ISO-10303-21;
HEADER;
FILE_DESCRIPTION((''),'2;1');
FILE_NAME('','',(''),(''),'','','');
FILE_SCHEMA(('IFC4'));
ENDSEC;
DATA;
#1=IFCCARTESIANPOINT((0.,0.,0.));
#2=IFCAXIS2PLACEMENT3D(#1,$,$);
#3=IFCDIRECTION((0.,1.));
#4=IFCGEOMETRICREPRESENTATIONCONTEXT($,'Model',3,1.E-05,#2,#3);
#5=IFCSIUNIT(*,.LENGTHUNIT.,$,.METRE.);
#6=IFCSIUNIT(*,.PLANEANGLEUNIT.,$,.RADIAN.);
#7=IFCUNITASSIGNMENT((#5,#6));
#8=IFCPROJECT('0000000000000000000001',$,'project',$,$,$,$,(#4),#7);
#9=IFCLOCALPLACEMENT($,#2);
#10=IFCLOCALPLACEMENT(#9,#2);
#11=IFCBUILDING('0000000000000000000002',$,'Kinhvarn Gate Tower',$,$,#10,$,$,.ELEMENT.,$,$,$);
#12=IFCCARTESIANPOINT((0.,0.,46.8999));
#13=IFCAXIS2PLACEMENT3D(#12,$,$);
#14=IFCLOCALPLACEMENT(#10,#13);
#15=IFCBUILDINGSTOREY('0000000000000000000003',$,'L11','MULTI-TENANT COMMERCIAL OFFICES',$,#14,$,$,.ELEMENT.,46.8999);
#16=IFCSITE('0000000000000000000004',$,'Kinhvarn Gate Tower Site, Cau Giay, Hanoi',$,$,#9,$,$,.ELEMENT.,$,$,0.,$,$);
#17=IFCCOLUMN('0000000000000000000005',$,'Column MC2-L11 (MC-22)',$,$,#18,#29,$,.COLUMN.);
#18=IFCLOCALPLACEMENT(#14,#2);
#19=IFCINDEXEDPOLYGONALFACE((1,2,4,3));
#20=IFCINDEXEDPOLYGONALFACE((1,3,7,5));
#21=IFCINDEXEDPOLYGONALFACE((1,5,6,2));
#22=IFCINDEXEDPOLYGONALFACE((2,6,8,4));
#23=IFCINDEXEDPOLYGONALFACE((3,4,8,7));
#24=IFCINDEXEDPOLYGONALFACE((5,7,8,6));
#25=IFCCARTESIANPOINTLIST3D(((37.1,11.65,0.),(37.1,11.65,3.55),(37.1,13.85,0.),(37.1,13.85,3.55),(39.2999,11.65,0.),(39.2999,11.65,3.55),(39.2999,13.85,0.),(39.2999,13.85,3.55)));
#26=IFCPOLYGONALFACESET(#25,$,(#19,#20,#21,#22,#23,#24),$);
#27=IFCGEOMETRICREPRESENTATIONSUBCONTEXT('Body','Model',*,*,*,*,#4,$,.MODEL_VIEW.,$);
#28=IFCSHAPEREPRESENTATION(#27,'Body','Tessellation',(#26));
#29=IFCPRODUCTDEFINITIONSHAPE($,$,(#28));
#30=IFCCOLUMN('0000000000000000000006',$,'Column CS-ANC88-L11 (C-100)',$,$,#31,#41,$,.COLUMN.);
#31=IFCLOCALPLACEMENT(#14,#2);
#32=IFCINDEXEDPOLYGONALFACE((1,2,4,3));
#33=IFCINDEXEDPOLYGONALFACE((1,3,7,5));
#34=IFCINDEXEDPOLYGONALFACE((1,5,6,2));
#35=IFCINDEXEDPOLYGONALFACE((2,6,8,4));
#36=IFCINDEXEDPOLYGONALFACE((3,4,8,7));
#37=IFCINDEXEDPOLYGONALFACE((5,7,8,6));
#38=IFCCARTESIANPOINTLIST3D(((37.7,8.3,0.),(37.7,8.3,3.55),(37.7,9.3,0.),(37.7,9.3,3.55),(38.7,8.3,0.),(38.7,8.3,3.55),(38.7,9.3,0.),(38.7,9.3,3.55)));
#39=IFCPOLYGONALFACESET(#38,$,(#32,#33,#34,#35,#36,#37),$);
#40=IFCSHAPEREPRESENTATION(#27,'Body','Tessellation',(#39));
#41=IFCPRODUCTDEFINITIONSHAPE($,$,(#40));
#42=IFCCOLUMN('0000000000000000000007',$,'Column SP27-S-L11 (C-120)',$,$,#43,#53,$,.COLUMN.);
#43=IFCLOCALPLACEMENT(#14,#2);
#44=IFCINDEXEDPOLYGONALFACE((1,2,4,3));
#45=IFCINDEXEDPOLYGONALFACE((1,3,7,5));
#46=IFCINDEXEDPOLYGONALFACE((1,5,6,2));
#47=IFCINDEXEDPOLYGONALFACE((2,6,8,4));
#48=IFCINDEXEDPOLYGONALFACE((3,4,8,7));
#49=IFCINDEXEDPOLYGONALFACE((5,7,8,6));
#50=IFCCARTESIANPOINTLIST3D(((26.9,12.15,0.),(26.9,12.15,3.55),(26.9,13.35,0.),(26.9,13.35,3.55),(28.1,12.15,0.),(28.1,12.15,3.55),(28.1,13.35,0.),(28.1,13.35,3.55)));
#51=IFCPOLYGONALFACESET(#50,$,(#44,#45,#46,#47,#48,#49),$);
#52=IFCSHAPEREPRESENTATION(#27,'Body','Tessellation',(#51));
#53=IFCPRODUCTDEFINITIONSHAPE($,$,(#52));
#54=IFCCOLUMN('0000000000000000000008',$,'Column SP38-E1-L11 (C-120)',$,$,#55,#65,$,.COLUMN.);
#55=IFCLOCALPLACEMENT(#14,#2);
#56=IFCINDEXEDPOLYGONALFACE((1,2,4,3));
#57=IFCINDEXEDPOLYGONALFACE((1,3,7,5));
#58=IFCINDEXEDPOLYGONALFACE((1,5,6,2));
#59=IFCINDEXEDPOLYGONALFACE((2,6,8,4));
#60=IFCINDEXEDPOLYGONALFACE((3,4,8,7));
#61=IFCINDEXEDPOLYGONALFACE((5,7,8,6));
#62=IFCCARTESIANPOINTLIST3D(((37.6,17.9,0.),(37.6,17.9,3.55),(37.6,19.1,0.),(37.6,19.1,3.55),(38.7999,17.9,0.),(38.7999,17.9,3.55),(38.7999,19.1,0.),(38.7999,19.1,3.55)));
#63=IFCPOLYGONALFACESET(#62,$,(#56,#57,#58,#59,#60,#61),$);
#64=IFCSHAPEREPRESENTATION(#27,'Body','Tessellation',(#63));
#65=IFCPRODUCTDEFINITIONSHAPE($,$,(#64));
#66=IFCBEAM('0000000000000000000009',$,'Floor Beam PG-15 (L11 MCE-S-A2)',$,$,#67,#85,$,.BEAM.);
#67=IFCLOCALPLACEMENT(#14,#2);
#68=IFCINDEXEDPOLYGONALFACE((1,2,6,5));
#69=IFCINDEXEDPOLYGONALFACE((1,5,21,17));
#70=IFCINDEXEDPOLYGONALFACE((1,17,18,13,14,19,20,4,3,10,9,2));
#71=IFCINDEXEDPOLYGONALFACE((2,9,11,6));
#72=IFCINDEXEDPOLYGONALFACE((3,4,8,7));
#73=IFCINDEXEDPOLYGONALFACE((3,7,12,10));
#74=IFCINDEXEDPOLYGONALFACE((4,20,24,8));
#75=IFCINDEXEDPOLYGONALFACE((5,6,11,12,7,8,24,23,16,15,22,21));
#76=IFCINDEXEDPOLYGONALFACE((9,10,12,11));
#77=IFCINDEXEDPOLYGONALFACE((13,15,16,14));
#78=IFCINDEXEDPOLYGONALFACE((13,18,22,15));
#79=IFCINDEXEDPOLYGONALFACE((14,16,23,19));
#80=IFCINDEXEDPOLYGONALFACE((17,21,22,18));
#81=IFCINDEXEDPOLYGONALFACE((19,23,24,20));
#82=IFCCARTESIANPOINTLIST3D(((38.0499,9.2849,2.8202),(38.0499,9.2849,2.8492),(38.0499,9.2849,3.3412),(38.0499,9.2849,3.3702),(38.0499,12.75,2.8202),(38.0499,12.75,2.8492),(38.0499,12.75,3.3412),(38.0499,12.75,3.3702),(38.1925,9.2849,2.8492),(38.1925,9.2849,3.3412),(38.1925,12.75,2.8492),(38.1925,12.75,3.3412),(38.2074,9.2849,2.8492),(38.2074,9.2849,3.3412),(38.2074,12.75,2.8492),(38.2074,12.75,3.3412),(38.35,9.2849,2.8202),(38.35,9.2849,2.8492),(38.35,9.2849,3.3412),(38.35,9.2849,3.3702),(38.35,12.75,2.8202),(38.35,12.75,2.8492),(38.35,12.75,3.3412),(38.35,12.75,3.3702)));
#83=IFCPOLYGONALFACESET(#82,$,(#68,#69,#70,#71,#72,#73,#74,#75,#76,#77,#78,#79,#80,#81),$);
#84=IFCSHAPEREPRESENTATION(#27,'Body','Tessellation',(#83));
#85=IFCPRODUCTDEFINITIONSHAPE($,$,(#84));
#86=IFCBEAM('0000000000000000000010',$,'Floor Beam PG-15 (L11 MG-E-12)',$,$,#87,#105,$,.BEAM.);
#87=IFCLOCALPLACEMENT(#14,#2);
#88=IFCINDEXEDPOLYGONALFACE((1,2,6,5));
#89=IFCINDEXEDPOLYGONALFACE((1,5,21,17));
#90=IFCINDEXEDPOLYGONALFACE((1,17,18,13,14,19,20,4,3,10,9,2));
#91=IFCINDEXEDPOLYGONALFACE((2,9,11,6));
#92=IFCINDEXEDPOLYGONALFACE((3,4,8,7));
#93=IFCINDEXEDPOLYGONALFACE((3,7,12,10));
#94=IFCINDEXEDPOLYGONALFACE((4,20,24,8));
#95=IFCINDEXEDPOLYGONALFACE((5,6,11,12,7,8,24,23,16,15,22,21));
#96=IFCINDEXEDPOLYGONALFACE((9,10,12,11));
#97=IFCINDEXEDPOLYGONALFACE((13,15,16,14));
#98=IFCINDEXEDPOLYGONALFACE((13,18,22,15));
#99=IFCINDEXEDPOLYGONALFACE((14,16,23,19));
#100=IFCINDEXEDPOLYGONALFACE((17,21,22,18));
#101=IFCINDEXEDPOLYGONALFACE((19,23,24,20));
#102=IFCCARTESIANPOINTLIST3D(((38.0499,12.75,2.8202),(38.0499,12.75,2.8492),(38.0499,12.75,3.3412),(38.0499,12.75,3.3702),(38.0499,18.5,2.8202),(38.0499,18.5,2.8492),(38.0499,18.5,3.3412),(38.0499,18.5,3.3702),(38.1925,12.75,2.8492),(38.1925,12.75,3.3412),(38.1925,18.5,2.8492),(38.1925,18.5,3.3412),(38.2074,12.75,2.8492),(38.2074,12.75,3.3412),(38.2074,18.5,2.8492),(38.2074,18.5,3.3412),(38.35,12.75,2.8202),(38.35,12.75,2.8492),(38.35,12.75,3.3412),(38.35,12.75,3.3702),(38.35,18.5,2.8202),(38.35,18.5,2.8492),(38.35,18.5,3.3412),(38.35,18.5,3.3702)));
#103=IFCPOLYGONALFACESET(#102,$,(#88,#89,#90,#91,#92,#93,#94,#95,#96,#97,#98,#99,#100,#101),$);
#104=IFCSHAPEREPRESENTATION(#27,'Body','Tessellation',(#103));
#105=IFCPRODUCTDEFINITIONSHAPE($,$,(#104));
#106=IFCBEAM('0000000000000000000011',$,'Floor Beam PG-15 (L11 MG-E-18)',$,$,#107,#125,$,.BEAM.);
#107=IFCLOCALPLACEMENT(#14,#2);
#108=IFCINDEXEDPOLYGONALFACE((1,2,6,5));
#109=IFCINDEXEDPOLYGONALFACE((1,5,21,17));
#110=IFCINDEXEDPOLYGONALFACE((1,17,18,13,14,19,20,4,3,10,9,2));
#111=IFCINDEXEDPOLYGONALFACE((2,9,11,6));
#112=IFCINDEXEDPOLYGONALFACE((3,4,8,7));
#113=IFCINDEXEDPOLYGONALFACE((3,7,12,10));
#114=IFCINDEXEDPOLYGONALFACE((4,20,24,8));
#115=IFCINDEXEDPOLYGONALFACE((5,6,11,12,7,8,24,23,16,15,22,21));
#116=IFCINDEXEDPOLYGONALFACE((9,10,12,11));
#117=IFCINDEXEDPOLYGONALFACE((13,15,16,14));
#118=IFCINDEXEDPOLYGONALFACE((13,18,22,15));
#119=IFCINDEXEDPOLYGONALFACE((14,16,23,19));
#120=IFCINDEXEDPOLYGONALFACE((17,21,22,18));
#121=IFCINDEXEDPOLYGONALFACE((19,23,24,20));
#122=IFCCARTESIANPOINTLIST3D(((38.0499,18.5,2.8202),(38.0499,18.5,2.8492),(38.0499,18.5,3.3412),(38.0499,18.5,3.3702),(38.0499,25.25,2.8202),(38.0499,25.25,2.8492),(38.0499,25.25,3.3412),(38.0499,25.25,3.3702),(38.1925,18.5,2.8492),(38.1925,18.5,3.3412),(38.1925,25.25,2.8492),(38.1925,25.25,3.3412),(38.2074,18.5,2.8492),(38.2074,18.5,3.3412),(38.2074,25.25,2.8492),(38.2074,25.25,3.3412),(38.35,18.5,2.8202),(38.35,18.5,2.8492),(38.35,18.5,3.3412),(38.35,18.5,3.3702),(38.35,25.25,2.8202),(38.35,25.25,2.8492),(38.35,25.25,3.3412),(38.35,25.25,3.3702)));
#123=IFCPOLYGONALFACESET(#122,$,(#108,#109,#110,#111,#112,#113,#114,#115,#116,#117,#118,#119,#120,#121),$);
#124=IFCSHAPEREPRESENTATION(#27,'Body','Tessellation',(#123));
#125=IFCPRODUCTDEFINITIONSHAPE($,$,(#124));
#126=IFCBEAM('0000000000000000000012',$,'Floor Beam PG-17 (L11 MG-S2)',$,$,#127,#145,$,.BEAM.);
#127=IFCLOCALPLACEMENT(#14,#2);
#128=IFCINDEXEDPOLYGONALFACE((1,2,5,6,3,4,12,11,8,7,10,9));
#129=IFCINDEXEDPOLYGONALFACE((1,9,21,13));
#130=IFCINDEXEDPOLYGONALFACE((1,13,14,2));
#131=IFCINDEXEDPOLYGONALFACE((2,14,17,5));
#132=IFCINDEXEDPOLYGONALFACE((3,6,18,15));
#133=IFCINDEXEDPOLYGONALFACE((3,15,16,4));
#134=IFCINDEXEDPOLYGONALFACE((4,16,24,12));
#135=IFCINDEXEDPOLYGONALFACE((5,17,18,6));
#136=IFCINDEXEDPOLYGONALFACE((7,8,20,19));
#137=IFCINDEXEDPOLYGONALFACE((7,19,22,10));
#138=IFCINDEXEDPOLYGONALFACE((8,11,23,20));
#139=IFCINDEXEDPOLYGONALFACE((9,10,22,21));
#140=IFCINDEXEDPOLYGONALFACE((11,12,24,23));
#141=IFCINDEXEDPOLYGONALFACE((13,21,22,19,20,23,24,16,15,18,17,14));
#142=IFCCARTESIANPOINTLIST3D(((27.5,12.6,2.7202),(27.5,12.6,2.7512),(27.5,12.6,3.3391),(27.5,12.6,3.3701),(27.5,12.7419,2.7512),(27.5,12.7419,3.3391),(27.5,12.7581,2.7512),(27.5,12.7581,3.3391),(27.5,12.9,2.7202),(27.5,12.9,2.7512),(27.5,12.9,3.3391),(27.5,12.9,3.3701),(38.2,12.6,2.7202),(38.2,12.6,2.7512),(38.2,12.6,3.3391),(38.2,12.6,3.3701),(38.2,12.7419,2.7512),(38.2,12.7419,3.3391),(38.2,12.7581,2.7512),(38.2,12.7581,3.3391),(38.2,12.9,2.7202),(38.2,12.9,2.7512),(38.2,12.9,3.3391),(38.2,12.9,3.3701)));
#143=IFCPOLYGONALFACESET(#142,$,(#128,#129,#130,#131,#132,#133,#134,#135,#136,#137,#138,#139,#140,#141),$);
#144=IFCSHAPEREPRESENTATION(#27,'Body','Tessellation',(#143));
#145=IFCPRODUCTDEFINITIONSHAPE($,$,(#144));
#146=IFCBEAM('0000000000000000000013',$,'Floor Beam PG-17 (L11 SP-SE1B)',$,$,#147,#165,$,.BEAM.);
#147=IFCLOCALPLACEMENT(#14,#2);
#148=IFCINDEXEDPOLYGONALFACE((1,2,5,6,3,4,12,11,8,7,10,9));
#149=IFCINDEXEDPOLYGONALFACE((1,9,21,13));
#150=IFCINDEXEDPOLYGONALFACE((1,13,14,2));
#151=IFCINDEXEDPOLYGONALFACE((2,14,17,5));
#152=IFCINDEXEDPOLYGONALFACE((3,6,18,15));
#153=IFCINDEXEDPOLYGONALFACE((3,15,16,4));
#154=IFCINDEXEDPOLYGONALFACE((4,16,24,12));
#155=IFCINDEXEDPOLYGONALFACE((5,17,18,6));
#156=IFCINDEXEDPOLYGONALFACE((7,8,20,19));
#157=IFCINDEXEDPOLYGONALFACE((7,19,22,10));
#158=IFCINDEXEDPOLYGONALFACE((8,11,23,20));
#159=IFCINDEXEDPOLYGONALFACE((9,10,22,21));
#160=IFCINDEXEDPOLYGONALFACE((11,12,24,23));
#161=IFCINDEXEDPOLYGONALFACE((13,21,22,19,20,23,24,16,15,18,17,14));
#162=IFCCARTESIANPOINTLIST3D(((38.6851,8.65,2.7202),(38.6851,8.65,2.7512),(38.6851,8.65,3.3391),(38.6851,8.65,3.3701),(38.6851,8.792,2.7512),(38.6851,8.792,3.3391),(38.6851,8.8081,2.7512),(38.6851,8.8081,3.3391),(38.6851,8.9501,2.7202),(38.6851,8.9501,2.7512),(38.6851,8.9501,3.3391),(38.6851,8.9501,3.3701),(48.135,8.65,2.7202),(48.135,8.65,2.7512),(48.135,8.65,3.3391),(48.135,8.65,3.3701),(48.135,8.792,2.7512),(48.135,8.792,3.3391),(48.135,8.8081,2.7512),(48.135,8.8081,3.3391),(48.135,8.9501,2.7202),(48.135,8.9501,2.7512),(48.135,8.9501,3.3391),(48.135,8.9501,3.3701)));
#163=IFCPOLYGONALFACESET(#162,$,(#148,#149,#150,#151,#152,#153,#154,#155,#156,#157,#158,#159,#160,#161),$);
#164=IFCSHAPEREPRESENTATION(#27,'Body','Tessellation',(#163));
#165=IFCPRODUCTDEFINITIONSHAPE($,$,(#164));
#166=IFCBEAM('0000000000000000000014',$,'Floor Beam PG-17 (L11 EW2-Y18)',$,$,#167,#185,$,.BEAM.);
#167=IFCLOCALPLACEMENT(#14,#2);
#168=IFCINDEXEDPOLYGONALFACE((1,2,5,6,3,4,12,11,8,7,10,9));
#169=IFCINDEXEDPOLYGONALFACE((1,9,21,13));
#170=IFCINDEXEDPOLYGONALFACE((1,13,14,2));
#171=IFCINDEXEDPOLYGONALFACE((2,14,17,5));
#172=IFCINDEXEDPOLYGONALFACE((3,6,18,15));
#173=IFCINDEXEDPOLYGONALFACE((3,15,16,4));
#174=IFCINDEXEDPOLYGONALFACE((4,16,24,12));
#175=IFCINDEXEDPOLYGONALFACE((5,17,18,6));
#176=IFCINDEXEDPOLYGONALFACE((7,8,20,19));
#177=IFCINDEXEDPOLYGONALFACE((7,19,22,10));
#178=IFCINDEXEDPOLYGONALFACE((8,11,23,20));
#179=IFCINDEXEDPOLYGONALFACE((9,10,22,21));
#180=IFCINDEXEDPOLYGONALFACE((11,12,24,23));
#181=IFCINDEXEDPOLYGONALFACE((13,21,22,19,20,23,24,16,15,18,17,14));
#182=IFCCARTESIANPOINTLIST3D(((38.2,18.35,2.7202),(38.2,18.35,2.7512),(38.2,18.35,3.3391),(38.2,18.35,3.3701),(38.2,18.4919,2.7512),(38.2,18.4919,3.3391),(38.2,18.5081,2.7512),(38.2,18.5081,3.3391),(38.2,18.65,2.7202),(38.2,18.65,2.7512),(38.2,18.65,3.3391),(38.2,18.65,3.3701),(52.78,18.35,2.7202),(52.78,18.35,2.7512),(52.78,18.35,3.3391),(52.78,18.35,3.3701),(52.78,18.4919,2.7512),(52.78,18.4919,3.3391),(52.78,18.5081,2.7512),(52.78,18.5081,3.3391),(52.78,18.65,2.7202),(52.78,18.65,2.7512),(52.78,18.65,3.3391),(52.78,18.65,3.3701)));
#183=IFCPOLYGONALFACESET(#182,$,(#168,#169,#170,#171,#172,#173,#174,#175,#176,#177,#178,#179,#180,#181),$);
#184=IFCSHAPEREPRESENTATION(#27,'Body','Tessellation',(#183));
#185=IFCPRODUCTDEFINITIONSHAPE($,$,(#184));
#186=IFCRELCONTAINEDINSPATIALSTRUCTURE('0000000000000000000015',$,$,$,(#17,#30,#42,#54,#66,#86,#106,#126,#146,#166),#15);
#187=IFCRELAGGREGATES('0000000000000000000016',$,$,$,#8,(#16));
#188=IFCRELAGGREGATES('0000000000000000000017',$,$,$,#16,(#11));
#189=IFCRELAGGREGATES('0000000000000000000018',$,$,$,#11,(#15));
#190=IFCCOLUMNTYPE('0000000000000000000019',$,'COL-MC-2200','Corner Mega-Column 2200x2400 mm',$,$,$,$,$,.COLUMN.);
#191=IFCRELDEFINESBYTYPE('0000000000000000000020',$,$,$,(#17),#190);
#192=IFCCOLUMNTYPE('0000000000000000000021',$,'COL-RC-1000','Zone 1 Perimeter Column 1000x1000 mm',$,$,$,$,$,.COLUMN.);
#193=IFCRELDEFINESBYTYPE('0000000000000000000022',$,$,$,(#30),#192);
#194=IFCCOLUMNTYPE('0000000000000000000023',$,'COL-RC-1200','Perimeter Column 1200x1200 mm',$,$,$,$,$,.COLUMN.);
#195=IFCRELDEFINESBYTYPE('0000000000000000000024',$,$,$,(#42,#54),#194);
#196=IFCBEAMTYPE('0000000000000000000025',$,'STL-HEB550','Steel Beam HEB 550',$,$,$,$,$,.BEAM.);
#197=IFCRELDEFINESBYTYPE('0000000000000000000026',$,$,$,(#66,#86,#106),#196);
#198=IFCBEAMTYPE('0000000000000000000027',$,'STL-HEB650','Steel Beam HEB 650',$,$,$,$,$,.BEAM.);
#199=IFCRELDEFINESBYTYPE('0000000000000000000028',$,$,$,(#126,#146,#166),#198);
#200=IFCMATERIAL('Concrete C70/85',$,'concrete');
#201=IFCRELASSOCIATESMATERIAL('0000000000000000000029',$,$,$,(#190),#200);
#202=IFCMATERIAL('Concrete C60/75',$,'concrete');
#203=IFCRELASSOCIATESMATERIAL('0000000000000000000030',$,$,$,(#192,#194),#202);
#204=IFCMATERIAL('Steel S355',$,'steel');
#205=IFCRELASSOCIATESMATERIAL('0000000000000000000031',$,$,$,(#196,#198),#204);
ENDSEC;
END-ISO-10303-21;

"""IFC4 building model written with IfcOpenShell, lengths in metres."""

from ifc_helpers import new_model, si_unit, direction, frame, origin, origin_2d, place, context, subcontext, project, spatial, rectangle, i_section, extrude, material, material_profile, profile_set, type_object, element, save


model = new_model("IFC4")

# Units and contexts
model_context = context("Model", 3, precision=1e-05, world=origin(), true_north=direction((0.0, 1.0)))
body_context = subcontext(model_context, "Body", "Model", "MODEL_VIEW")
ifc_project = project(units=[si_unit("LENGTHUNIT", "METRE"), si_unit("PLANEANGLEUNIT", "RADIAN")], contexts=[model_context])

# Site, building, storey
site_placement = place(None, origin())
site = spatial("IfcSite", under=ifc_project, at=site_placement, Name="Kinhvarn Gate Tower Site, Cau Giay, Hanoi", CompositionType="ELEMENT", RefElevation=0.0)
building_placement = place(site_placement, origin())
building = spatial("IfcBuilding", under=site, at=building_placement, Name="Kinhvarn Gate Tower", CompositionType="ELEMENT")
storey_placement = place(building_placement, frame((0.0, 0.0, 46.8999)))
storey = spatial("IfcBuildingStorey", under=building, at=storey_placement, Name="L11", Description="MULTI-TENANT COMMERCIAL OFFICES", CompositionType="ELEMENT", Elevation=46.8999)

# Columns
ifc_material_1 = material(Name="Concrete C70/85", Category="concrete")
ifc_material_profile_1 = material_profile(ifc_material_1, rectangle(XDim=2.2, YDim=2.2, at=origin_2d()), Name="RC 2200x2200")
ifc_profile_set_1 = profile_set([ifc_material_profile_1], Name="Concrete C70/85")
column_type_1 = type_object("IfcColumnType", Name="COL-MC-2200", Description="Corner Mega-Column 2200x2400 mm", PredefinedType="COLUMN", material=ifc_profile_set_1)
column_1_placement = place(storey_placement, frame((38.2, 12.75, 0.0), z_axis=(0.0, 0.0, 1.0), x_axis=(1.0, 0.0, 0.0)))
element("IfcColumn", 1, at=column_1_placement, inside=storey, type_object=column_type_1, Name="Column MC2-L11 (MC-22)", PredefinedType="COLUMN", context=body_context, shape_type="SweptSolid", body=[
    extrude(rectangle(XDim=2.2, YDim=2.2, at=origin_2d()), origin(), (0.0, 0.0, 1.0), 3.55),
])
ifc_material_2 = material(Name="Concrete C60/75", Category="concrete")
ifc_material_profile_2 = material_profile(ifc_material_2, rectangle(XDim=1.0, YDim=1.0, at=origin_2d()), Name="RC 1000x1000")
ifc_profile_set_2 = profile_set([ifc_material_profile_2], Name="Concrete C60/75")
column_type_2 = type_object("IfcColumnType", Name="COL-RC-1000", Description="Zone 1 Perimeter Column 1000x1000 mm", PredefinedType="COLUMN", material=ifc_profile_set_2)
column_2_placement = place(storey_placement, frame((38.2, 8.8, 0.0), z_axis=(0.0, 0.0, 1.0), x_axis=(1.0, 0.0, 0.0)))
element("IfcColumn", 2, at=column_2_placement, inside=storey, type_object=column_type_2, Name="Column CS-ANC88-L11 (C-100)", PredefinedType="COLUMN", context=body_context, shape_type="SweptSolid", body=[
    extrude(rectangle(XDim=1.0, YDim=1.0, at=origin_2d()), origin(), (0.0, 0.0, 1.0), 3.55),
])
ifc_material_profile_3 = material_profile(ifc_material_2, rectangle(XDim=1.2, YDim=1.2, at=origin_2d()), Name="RC 1200x1200")
ifc_profile_set_3 = profile_set([ifc_material_profile_3], Name="Concrete C60/75")
column_type_3 = type_object("IfcColumnType", Name="COL-RC-1200", Description="Perimeter Column 1200x1200 mm", PredefinedType="COLUMN", material=ifc_profile_set_3)
for number, where, z_axis, x_axis, name in (
    (3, (27.5, 12.75, 0.0), (0.0, 0.0, 1.0), (1.0, 0.0, 0.0), "Column SP27-S-L11 (C-120)"),
    (4, (38.2, 18.5, 0.0), (0.0, 0.0, 1.0), (1.0, 0.0, 0.0), "Column SP38-E1-L11 (C-120)"),
):
    element("IfcColumn", number, at=place(storey_placement, frame(where, z_axis=z_axis, x_axis=x_axis)), inside=storey, type_object=column_type_3, Name=name, PredefinedType="COLUMN", context=body_context, shape_type="SweptSolid", body=[
        extrude(rectangle(XDim=1.2, YDim=1.2, at=origin_2d()), origin(), (0.0, 0.0, 1.0), 3.55),
    ])

# Beams
ifc_material_3 = material(Name="Steel S355", Category="steel")
ifc_material_profile_4 = material_profile(ifc_material_3, i_section(OverallWidth=0.3, OverallDepth=0.55, WebThickness=0.0149, FlangeThickness=0.0291, at=origin_2d()), Name="HEB 550")
ifc_profile_set_4 = profile_set([ifc_material_profile_4], Name="Steel S355")
beam_type_1 = type_object("IfcBeamType", Name="STL-HEB550", Description="Steel Beam HEB 550", PredefinedType="BEAM", material=ifc_profile_set_4)
beam_1_placement = place(storey_placement, frame((38.2, 9.2849, 3.0952), z_axis=(0.0, 1.0, 0.0), x_axis=(-1.0, 0.0, 0.0)))
element("IfcBeam", 5, at=beam_1_placement, inside=storey, type_object=beam_type_1, Name="Floor Beam PG-15 (L11 MCE-S-A2)", PredefinedType="BEAM", context=body_context, shape_type="SweptSolid", body=[
    extrude(i_section(OverallWidth=0.3, OverallDepth=0.55, WebThickness=0.0149, FlangeThickness=0.0291, at=origin_2d()), origin(), (0.0, 0.0, 1.0), 3.4651),
])
beam_2_placement = place(storey_placement, frame((38.2, 12.75, 3.0952), z_axis=(0.0, 1.0, 0.0), x_axis=(-1.0, 0.0, 0.0)))
element("IfcBeam", 6, at=beam_2_placement, inside=storey, type_object=beam_type_1, Name="Floor Beam PG-15 (L11 MG-E-12)", PredefinedType="BEAM", context=body_context, shape_type="SweptSolid", body=[
    extrude(i_section(OverallWidth=0.3, OverallDepth=0.55, WebThickness=0.0149, FlangeThickness=0.0291, at=origin_2d()), origin(), (0.0, 0.0, 1.0), 5.75),
])
beam_3_placement = place(storey_placement, frame((38.2, 18.5, 3.0952), z_axis=(0.0, 1.0, 0.0), x_axis=(-1.0, 0.0, 0.0)))
element("IfcBeam", 7, at=beam_3_placement, inside=storey, type_object=beam_type_1, Name="Floor Beam PG-15 (L11 MG-E-18)", PredefinedType="BEAM", context=body_context, shape_type="SweptSolid", body=[
    extrude(i_section(OverallWidth=0.3, OverallDepth=0.55, WebThickness=0.0149, FlangeThickness=0.0291, at=origin_2d()), origin(), (0.0, 0.0, 1.0), 6.75),
])
ifc_material_profile_5 = material_profile(ifc_material_3, i_section(OverallWidth=0.3, OverallDepth=0.6499, WebThickness=0.0161, FlangeThickness=0.031, at=origin_2d()), Name="HEB 650")
ifc_profile_set_5 = profile_set([ifc_material_profile_5], Name="Steel S355")
beam_type_2 = type_object("IfcBeamType", Name="STL-HEB650", Description="Steel Beam HEB 650", PredefinedType="BEAM", material=ifc_profile_set_5)
beam_4_placement = place(storey_placement, frame((27.5, 12.75, 3.0452), z_axis=(1.0, 0.0, 0.0), x_axis=(0.0, 1.0, 0.0)))
element("IfcBeam", 8, at=beam_4_placement, inside=storey, type_object=beam_type_2, Name="Floor Beam PG-17 (L11 MG-S2)", PredefinedType="BEAM", context=body_context, shape_type="SweptSolid", body=[
    extrude(i_section(OverallWidth=0.3, OverallDepth=0.6499, WebThickness=0.0161, FlangeThickness=0.031, at=origin_2d()), origin(), (0.0, 0.0, 1.0), 10.7),
])
beam_5_placement = place(storey_placement, frame((38.6851, 8.8, 3.0452), z_axis=(1.0, 0.0, 0.0), x_axis=(0.0, 1.0, 0.0)))
element("IfcBeam", 9, at=beam_5_placement, inside=storey, type_object=beam_type_2, Name="Floor Beam PG-17 (L11 SP-SE1B)", PredefinedType="BEAM", context=body_context, shape_type="SweptSolid", body=[
    extrude(i_section(OverallWidth=0.3, OverallDepth=0.6499, WebThickness=0.0161, FlangeThickness=0.031, at=origin_2d()), origin(), (0.0, 0.0, 1.0), 9.45),
])
beam_6_placement = place(storey_placement, frame((38.2, 18.5, 3.0452), z_axis=(1.0, 0.0, 0.0), x_axis=(0.0, 1.0, 0.0)))
element("IfcBeam", 10, at=beam_6_placement, inside=storey, type_object=beam_type_2, Name="Floor Beam PG-17 (L11 EW2-Y18)", PredefinedType="BEAM", context=body_context, shape_type="SweptSolid", body=[
    extrude(i_section(OverallWidth=0.3, OverallDepth=0.6499, WebThickness=0.0161, FlangeThickness=0.031, at=origin_2d()), origin(), (0.0, 0.0, 1.0), 14.5801),
])

save(model, "model.ifc")
